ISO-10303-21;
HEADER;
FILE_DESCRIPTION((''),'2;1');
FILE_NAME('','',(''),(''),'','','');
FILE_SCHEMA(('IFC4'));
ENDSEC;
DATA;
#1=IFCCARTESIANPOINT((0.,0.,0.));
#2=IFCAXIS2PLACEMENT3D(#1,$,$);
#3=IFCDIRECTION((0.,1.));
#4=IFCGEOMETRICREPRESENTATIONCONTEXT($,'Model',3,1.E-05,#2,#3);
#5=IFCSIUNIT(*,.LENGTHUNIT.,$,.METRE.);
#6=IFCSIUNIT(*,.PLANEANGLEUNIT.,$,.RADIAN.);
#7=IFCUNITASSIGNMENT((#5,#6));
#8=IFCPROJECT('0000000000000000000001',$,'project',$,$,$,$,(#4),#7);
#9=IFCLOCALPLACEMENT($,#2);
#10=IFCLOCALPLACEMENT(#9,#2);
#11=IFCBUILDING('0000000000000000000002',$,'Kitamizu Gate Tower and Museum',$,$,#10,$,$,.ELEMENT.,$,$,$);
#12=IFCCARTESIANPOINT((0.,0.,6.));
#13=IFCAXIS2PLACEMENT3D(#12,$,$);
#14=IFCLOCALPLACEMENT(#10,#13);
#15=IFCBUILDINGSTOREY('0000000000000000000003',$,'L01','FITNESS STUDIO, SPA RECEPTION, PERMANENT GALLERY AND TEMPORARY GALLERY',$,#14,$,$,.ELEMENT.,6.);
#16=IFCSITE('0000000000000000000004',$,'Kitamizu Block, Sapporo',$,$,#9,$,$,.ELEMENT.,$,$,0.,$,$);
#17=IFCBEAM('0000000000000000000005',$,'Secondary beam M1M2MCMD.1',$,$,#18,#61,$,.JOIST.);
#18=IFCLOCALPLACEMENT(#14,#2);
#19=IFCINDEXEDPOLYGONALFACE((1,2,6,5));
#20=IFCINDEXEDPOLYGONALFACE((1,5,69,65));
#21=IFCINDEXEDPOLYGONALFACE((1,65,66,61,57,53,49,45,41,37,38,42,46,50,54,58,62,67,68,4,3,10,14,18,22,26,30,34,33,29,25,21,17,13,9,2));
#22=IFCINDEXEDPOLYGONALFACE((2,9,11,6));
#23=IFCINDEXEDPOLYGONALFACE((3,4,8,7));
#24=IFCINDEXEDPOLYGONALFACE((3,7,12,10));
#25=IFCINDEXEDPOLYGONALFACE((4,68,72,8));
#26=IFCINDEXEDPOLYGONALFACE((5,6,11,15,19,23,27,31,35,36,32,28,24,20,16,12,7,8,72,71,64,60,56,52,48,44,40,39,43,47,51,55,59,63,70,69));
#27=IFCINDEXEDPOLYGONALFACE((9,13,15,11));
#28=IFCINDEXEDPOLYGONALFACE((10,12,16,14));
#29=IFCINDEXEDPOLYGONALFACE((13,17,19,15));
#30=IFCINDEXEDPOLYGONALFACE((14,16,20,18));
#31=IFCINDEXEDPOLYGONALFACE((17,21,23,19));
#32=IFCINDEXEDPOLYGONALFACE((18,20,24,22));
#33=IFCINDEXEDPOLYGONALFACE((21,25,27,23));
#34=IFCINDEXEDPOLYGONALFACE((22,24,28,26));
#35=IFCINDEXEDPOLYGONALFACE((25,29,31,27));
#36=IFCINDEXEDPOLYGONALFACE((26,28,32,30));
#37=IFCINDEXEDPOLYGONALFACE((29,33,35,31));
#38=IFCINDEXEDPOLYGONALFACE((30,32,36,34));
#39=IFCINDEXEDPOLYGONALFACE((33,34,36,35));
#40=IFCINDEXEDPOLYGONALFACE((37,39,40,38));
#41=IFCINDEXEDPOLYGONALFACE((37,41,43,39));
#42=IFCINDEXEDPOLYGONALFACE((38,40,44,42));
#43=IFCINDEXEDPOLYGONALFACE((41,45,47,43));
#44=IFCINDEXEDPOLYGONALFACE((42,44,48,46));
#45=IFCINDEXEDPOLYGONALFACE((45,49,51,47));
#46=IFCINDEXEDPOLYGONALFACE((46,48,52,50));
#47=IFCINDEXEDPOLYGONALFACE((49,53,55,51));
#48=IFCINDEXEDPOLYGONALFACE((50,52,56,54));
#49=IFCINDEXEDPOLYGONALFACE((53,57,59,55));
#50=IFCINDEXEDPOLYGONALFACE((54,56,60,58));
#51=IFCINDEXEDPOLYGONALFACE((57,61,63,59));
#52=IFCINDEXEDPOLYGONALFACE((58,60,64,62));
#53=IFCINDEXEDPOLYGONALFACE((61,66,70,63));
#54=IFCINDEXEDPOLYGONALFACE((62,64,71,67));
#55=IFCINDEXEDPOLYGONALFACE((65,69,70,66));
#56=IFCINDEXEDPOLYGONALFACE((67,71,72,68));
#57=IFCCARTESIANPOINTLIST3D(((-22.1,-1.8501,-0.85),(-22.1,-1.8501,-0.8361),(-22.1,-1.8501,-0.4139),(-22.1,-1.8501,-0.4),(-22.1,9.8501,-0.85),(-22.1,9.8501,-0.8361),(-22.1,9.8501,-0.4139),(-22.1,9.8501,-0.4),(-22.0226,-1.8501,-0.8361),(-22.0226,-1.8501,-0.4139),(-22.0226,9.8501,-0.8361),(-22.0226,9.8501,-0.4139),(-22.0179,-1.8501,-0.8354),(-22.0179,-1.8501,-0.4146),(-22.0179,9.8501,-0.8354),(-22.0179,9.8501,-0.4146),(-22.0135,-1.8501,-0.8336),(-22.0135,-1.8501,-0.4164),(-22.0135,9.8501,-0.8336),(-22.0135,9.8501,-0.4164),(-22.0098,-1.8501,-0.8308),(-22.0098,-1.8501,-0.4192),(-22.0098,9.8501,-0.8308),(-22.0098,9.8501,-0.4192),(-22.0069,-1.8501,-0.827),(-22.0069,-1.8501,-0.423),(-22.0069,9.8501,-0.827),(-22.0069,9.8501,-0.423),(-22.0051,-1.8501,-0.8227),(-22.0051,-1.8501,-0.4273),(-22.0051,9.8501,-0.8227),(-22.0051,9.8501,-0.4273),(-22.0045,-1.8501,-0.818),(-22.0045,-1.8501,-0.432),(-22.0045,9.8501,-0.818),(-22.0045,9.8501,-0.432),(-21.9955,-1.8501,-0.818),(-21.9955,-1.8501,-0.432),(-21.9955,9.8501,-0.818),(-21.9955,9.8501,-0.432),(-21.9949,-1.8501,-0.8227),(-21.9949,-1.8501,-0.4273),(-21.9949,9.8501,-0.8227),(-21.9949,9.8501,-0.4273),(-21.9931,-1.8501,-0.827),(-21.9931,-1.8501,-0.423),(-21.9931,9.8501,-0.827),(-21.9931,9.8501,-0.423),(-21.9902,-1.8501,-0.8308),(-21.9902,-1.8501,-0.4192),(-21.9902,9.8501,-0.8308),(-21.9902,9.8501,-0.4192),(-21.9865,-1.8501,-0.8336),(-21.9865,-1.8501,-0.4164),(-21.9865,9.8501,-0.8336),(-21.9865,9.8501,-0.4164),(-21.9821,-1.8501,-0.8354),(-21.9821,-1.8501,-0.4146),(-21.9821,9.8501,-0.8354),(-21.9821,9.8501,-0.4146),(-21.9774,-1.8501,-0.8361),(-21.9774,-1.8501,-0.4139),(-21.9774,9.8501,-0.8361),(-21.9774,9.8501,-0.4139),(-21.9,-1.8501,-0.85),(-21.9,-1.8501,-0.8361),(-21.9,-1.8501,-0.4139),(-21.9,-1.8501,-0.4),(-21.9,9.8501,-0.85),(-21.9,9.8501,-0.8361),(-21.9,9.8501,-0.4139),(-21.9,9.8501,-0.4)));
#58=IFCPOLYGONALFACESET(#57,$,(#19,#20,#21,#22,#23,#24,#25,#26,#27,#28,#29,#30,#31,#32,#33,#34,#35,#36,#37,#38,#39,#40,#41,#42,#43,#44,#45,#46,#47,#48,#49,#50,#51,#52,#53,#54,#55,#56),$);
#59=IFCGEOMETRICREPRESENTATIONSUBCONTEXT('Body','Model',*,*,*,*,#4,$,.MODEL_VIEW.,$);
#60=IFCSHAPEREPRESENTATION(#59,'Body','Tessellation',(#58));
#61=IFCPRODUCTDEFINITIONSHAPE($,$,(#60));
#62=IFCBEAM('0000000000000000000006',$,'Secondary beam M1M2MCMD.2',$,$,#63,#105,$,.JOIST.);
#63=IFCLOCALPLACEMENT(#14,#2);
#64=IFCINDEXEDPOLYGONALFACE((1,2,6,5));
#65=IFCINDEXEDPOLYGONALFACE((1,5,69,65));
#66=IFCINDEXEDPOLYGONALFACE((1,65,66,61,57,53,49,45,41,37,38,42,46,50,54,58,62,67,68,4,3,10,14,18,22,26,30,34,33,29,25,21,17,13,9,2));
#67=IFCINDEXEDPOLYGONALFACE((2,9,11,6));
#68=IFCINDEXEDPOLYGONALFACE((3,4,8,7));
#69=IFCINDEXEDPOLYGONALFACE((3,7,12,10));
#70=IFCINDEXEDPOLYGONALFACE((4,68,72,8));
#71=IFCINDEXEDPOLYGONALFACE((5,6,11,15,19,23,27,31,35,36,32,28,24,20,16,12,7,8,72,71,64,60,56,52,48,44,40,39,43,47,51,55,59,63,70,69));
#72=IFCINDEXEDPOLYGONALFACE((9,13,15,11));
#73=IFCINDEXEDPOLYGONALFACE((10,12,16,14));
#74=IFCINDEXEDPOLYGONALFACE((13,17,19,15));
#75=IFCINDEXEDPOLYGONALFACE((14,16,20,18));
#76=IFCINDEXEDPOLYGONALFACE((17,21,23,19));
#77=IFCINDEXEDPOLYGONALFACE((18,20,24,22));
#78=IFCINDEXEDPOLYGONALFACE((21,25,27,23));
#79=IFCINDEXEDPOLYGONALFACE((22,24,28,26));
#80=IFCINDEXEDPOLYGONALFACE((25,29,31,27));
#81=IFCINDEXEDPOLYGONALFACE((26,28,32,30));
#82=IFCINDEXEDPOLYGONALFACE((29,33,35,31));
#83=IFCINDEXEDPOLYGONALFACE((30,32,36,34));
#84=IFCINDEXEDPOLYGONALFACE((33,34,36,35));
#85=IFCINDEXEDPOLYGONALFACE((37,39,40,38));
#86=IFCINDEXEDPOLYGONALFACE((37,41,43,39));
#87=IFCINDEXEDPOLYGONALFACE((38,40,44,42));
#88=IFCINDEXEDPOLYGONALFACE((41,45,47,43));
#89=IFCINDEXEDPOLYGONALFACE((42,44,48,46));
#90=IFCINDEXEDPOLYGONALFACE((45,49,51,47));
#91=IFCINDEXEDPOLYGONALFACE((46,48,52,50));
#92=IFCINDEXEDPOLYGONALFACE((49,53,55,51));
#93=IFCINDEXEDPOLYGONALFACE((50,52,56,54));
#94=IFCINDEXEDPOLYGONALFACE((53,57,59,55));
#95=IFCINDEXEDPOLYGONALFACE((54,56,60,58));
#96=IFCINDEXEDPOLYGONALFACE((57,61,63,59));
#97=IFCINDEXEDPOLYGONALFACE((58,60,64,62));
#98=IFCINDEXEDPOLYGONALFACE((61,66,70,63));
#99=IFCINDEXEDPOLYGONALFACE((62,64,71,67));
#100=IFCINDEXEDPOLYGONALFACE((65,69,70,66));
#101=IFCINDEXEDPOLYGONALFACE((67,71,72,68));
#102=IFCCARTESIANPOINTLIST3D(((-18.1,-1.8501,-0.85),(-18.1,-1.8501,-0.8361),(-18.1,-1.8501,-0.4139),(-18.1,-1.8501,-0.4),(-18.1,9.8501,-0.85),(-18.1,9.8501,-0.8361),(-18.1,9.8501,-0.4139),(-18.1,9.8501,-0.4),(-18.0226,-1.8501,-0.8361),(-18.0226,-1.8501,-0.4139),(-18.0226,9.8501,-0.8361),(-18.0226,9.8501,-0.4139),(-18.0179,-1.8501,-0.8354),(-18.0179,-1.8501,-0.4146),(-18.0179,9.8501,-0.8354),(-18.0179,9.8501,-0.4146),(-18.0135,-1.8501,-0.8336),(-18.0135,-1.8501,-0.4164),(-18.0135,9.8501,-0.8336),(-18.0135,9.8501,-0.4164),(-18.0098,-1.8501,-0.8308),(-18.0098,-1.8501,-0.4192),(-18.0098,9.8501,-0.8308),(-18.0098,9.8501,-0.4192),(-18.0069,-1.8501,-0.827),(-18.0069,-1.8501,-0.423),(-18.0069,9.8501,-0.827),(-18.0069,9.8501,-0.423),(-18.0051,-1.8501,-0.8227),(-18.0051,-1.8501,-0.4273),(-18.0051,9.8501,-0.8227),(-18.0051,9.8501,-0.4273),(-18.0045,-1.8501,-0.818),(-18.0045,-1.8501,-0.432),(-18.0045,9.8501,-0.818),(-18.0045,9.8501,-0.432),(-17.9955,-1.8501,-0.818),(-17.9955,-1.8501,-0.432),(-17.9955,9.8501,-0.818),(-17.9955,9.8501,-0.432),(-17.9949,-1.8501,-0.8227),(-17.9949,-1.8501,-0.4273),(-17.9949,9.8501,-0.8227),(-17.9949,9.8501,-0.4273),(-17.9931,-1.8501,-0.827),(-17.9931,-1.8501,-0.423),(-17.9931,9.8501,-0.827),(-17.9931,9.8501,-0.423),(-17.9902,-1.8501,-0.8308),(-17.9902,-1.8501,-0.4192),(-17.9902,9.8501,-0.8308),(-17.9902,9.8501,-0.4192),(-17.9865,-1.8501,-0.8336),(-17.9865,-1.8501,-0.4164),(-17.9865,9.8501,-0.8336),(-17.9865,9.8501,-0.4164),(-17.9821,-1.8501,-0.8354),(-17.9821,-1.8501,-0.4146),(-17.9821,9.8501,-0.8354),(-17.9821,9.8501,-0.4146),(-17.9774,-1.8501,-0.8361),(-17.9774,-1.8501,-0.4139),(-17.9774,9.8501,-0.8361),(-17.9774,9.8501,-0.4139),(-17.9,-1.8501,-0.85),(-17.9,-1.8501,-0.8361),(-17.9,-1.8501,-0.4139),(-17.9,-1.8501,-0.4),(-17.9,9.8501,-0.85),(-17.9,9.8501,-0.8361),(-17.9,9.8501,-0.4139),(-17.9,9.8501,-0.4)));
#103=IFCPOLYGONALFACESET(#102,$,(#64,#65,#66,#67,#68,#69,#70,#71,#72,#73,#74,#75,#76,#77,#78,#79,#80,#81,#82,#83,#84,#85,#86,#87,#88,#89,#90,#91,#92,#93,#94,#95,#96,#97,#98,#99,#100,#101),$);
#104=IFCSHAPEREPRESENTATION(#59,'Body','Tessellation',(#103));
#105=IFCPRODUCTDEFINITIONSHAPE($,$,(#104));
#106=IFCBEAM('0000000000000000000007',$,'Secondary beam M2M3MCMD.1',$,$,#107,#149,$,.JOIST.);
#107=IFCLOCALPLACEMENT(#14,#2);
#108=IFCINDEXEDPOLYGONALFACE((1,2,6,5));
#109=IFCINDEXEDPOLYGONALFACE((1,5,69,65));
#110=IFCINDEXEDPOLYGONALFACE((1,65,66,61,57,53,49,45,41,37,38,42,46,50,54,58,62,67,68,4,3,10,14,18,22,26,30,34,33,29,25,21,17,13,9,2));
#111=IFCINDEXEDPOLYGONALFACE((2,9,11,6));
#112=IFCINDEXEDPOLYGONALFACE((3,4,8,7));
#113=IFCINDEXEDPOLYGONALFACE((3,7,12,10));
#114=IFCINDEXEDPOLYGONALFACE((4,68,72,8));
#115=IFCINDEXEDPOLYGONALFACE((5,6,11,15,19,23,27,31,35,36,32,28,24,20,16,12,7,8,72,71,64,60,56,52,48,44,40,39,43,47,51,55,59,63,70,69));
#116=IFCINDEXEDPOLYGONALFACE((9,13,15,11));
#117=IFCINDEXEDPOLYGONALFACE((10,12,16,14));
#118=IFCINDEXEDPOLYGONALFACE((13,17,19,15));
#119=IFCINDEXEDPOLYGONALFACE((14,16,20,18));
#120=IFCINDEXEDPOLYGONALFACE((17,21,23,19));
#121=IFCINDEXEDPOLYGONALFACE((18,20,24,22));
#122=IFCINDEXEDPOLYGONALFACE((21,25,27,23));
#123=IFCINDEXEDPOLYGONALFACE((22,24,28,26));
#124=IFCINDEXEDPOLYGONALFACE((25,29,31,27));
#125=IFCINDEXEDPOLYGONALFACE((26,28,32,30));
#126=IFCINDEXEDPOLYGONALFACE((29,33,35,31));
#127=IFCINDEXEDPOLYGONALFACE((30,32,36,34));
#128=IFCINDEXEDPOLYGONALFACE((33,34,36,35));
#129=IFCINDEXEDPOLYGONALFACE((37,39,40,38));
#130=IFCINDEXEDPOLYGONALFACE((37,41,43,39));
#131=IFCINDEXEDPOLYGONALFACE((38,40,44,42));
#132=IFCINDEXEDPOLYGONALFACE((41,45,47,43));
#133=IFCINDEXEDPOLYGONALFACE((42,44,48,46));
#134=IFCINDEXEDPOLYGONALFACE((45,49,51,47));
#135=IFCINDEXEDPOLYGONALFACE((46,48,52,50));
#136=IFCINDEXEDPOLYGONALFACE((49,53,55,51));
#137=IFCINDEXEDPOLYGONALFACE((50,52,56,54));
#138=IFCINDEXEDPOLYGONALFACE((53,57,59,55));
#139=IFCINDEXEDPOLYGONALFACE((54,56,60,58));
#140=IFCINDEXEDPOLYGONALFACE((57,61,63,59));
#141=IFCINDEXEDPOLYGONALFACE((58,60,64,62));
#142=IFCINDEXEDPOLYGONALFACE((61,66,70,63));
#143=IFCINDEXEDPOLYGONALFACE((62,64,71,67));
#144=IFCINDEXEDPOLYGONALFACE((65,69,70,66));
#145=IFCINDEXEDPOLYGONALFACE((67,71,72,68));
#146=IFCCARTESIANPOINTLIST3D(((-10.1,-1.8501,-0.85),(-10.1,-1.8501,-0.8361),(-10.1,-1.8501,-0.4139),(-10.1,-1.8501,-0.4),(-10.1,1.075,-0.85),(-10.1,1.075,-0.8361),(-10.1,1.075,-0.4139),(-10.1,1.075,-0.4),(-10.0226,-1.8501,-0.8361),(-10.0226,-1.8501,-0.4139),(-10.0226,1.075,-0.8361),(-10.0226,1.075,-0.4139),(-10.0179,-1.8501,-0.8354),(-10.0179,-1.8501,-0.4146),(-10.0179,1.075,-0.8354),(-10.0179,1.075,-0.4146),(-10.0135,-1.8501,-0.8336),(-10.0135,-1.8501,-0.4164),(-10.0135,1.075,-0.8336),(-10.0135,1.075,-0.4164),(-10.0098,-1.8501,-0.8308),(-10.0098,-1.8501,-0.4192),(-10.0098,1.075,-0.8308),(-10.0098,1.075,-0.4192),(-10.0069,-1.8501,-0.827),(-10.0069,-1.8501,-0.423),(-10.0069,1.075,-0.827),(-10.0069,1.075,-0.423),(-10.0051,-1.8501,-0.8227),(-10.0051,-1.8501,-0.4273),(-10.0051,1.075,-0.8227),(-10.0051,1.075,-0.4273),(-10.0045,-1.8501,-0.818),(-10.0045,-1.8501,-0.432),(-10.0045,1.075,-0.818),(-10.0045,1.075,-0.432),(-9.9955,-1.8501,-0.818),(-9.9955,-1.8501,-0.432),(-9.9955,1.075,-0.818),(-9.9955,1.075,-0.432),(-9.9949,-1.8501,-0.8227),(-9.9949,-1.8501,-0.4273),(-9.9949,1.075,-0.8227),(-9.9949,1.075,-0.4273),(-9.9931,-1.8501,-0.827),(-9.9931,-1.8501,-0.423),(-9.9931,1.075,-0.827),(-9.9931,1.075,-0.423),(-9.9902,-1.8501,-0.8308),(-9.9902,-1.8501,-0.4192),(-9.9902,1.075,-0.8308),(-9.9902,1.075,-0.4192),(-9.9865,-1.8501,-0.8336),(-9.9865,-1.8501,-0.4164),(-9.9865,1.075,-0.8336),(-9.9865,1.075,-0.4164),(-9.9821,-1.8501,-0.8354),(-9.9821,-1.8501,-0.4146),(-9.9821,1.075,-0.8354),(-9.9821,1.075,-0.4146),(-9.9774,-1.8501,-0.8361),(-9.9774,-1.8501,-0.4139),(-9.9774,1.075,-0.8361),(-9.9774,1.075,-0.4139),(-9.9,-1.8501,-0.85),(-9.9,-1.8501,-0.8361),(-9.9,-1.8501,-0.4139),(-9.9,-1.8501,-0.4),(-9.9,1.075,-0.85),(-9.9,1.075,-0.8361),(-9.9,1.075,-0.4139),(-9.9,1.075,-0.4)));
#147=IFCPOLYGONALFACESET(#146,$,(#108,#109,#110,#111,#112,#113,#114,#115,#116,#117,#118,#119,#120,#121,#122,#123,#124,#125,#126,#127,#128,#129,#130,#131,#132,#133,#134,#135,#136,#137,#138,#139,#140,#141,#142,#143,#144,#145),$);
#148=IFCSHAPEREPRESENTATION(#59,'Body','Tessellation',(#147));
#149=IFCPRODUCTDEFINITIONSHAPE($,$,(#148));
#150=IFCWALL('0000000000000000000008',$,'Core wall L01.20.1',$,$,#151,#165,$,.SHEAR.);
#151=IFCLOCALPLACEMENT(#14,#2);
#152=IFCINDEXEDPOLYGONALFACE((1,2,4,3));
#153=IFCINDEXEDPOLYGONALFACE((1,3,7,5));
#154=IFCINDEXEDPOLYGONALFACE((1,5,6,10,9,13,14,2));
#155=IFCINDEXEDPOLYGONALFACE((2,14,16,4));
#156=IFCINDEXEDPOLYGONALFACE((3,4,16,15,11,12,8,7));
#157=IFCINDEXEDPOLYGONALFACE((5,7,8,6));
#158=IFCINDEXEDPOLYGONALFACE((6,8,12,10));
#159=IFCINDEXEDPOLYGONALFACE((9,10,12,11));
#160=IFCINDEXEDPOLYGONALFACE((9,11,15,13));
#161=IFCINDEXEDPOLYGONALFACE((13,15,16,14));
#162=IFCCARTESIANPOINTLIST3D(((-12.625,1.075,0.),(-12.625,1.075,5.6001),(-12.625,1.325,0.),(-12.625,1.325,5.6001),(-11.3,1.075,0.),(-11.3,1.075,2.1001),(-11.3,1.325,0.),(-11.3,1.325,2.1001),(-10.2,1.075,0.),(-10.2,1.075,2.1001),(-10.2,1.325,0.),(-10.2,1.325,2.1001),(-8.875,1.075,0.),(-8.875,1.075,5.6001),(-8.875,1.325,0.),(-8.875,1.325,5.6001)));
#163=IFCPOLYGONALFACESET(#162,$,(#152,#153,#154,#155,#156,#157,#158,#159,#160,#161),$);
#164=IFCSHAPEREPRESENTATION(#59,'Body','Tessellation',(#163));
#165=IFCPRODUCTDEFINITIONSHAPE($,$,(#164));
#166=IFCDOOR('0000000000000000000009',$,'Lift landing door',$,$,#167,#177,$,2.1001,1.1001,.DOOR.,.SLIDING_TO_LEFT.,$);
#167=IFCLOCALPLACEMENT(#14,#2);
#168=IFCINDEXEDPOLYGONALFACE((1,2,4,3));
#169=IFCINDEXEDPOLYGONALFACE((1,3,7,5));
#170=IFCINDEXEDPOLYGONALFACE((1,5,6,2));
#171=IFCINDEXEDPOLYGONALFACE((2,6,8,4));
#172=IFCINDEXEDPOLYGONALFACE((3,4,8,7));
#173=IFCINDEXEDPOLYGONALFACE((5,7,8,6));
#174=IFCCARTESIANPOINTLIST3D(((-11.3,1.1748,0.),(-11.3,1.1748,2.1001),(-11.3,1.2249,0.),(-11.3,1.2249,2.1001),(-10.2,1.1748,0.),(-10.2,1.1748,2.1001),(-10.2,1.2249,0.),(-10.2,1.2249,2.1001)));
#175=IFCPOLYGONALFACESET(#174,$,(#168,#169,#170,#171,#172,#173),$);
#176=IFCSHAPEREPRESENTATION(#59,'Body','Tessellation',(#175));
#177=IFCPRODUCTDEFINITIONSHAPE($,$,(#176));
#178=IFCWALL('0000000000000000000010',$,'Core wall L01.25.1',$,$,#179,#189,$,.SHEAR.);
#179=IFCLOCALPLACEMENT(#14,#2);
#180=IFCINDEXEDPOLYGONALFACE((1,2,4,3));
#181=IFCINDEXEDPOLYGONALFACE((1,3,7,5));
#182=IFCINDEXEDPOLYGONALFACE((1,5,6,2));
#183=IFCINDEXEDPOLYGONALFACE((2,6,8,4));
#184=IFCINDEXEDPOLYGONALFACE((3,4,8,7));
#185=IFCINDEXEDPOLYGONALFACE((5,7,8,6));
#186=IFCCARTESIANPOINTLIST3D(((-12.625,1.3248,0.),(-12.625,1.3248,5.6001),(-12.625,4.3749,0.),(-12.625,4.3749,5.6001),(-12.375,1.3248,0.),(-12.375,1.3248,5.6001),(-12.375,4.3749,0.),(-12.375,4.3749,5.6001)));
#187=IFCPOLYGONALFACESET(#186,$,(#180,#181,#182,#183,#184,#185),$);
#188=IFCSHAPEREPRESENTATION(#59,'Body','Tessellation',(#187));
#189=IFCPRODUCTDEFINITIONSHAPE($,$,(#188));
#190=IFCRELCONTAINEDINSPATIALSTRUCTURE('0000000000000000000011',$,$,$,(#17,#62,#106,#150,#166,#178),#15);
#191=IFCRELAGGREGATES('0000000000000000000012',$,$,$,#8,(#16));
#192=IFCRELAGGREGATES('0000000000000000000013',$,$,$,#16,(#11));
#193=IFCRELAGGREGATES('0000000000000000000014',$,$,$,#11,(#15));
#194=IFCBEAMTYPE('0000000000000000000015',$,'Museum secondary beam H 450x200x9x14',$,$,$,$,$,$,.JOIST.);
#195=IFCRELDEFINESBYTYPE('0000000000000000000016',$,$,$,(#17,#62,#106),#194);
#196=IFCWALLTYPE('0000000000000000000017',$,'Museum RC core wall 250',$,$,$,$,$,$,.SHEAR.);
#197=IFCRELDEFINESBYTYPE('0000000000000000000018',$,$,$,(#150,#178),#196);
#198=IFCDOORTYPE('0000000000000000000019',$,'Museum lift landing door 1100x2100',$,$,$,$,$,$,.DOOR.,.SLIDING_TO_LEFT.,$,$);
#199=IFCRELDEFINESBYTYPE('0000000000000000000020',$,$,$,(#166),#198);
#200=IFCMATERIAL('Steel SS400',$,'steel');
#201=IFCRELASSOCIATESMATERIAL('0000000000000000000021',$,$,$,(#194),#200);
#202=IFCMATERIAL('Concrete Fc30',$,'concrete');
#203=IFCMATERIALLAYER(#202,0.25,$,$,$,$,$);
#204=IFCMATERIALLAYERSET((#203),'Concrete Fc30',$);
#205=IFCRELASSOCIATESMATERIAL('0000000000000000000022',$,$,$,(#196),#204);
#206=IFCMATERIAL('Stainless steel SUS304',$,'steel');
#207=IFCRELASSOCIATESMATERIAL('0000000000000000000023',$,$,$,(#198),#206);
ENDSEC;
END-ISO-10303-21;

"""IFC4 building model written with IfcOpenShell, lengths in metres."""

from ifc_helpers import new_model, si_unit, direction, frame, frame_2d, origin, origin_2d, place, context, subcontext, project, spatial, rectangle, i_section, extrude, material, layer, layer_set, material_profile, profile_set, type_object, element, fill, save


model = new_model("IFC4")

# Units and contexts
model_context = context("Model", 3, precision=1e-05, world=origin(), true_north=direction((0.0, 1.0)))
body_context = subcontext(model_context, "Body", "Model", "MODEL_VIEW")
ifc_project = project(units=[si_unit("LENGTHUNIT", "METRE"), si_unit("PLANEANGLEUNIT", "RADIAN")], contexts=[model_context])

# Site, building, storey
site_placement = place(None, origin())
site = spatial("IfcSite", under=ifc_project, at=site_placement, Name="Kitamizu Block, Sapporo", CompositionType="ELEMENT", RefElevation=0.0)
building_placement = place(site_placement, origin())
building = spatial("IfcBuilding", under=site, at=building_placement, Name="Kitamizu Gate Tower and Museum", CompositionType="ELEMENT")
storey_placement = place(building_placement, frame((0.0, 0.0, 6.0)))
storey = spatial("IfcBuildingStorey", under=building, at=storey_placement, Name="L01", Description="FITNESS STUDIO, SPA RECEPTION, PERMANENT GALLERY AND TEMPORARY GALLERY", CompositionType="ELEMENT", Elevation=6.0)

# Beams
ifc_material_1 = material(Name="Steel SS400", Category="steel")
ifc_material_profile_1 = material_profile(ifc_material_1, i_section(OverallWidth=0.2, OverallDepth=0.45, WebThickness=0.009, FlangeThickness=0.0139, FilletRadius=0.0181, at=origin_2d()), Name="H-450x200x9x14")
ifc_profile_set_1 = profile_set([ifc_material_profile_1], Name="Steel SS400")
beam_type_1 = type_object("IfcBeamType", Name="Museum secondary beam H 450x200x9x14", PredefinedType="JOIST", material=ifc_profile_set_1)
for number, where, z_axis, x_axis, name in (
    (1, (-22.0, -1.8501, -0.625), (0.0, 1.0, 0.0), (-1.0, 0.0, 0.0), "Secondary beam M1M2MCMD.1"),
    (2, (-18.0, -1.8501, -0.625), (0.0, 1.0, 0.0), (-1.0, 0.0, 0.0), "Secondary beam M1M2MCMD.2"),
):
    element("IfcBeam", number, at=place(storey_placement, frame(where, z_axis=z_axis, x_axis=x_axis)), inside=storey, type_object=beam_type_1, Name=name, PredefinedType="JOIST", context=body_context, shape_type="SweptSolid", body=[
        extrude(i_section(OverallWidth=0.2, OverallDepth=0.45, WebThickness=0.009, FlangeThickness=0.0139, FilletRadius=0.0181, at=origin_2d()), origin(), (0.0, 0.0, 1.0), 11.7002),
    ])
beam_placement = place(storey_placement, frame((-10.0, -1.8501, -0.625), z_axis=(0.0, 1.0, 0.0), x_axis=(-1.0, 0.0, 0.0)))
element("IfcBeam", 3, at=beam_placement, inside=storey, type_object=beam_type_1, Name="Secondary beam M2M3MCMD.1", PredefinedType="JOIST", context=body_context, shape_type="SweptSolid", body=[
    extrude(i_section(OverallWidth=0.2, OverallDepth=0.45, WebThickness=0.009, FlangeThickness=0.0139, FilletRadius=0.0181, at=origin_2d()), origin(), (0.0, 0.0, 1.0), 2.925),
])

# Wall, opening, door
ifc_material_2 = material(Name="Concrete Fc30", Category="concrete")
ifc_layer_1 = layer(ifc_material_2, 0.25)
ifc_layer_set_1 = layer_set([ifc_layer_1], Name="Concrete Fc30")
wall_type_1 = type_object("IfcWallType", Name="Museum RC core wall 250", PredefinedType="SHEAR", material=ifc_layer_set_1)
wall_1_placement = place(storey_placement, frame((-12.625, 1.2, 0.0), z_axis=(0.0, 0.0, 1.0), x_axis=(1.0, 0.0, 0.0)))
wall_1 = element("IfcWall", 4, at=wall_1_placement, inside=storey, type_object=wall_type_1, Name="Core wall L01.20.1", PredefinedType="SHEAR", context=body_context, shape_type="SweptSolid", body=[
    extrude(rectangle(XDim=3.75, YDim=0.25, at=frame_2d((1.875, 0.0))), origin(), (0.0, 0.0, 1.0), 5.6001),
])
opening_1_placement = place(wall_1_placement, frame((1.325, 0.0, 0.0)))
opening_1 = element("IfcOpeningElement", 5, at=opening_1_placement, cuts=wall_1, PredefinedType="OPENING", context=body_context, shape_type="SweptSolid", body=[
    extrude(rectangle(XDim=1.1001, YDim=2.1001, at=frame_2d((0.55, 1.05))), frame((0.0, 0.135, 0.0), z_axis=(0.0, -1.0, 0.0), x_axis=(1.0, 0.0, 0.0)), (0.0, 0.0, 1.0), 0.27),
])
ifc_material_3 = material(Name="Stainless steel SUS304", Category="steel")
door_type_1 = type_object("IfcDoorType", Name="Museum lift landing door 1100x2100", OperationType="SLIDING_TO_LEFT", PredefinedType="DOOR", material=ifc_material_3)
door_1_placement = place(opening_1_placement, origin())
door_1 = element("IfcDoor", 6, at=door_1_placement, inside=storey, type_object=door_type_1, Name="Lift landing door", OperationType="SLIDING_TO_LEFT", OverallHeight=2.1001, OverallWidth=1.1001, PredefinedType="DOOR", context=body_context, shape_type="SweptSolid", body=[
    extrude(rectangle(XDim=1.1001, YDim=2.1001, at=frame_2d((0.55, 1.05))), frame((0.0, 0.0249, 0.0), z_axis=(0.0, -1.0, 0.0), x_axis=(1.0, 0.0, 0.0)), (0.0, 0.0, 1.0), 0.05),
])
fill(opening_1, door_1)

# Wall
for number, where, z_axis, x_axis, name in (
    (7, (-12.5, 1.325, 0.0), (0.0, 0.0, 1.0), (0.0, 1.0, 0.0), "Core wall L01.25.1"),
):
    element("IfcWall", number, at=place(storey_placement, frame(where, z_axis=z_axis, x_axis=x_axis)), inside=storey, type_object=wall_type_1, Name=name, PredefinedType="SHEAR", context=body_context, shape_type="SweptSolid", body=[
        extrude(rectangle(XDim=3.05, YDim=0.25, at=frame_2d((1.5249, 0.0))), origin(), (0.0, 0.0, 1.0), 5.6001),
    ])

save(model, "model.ifc")
